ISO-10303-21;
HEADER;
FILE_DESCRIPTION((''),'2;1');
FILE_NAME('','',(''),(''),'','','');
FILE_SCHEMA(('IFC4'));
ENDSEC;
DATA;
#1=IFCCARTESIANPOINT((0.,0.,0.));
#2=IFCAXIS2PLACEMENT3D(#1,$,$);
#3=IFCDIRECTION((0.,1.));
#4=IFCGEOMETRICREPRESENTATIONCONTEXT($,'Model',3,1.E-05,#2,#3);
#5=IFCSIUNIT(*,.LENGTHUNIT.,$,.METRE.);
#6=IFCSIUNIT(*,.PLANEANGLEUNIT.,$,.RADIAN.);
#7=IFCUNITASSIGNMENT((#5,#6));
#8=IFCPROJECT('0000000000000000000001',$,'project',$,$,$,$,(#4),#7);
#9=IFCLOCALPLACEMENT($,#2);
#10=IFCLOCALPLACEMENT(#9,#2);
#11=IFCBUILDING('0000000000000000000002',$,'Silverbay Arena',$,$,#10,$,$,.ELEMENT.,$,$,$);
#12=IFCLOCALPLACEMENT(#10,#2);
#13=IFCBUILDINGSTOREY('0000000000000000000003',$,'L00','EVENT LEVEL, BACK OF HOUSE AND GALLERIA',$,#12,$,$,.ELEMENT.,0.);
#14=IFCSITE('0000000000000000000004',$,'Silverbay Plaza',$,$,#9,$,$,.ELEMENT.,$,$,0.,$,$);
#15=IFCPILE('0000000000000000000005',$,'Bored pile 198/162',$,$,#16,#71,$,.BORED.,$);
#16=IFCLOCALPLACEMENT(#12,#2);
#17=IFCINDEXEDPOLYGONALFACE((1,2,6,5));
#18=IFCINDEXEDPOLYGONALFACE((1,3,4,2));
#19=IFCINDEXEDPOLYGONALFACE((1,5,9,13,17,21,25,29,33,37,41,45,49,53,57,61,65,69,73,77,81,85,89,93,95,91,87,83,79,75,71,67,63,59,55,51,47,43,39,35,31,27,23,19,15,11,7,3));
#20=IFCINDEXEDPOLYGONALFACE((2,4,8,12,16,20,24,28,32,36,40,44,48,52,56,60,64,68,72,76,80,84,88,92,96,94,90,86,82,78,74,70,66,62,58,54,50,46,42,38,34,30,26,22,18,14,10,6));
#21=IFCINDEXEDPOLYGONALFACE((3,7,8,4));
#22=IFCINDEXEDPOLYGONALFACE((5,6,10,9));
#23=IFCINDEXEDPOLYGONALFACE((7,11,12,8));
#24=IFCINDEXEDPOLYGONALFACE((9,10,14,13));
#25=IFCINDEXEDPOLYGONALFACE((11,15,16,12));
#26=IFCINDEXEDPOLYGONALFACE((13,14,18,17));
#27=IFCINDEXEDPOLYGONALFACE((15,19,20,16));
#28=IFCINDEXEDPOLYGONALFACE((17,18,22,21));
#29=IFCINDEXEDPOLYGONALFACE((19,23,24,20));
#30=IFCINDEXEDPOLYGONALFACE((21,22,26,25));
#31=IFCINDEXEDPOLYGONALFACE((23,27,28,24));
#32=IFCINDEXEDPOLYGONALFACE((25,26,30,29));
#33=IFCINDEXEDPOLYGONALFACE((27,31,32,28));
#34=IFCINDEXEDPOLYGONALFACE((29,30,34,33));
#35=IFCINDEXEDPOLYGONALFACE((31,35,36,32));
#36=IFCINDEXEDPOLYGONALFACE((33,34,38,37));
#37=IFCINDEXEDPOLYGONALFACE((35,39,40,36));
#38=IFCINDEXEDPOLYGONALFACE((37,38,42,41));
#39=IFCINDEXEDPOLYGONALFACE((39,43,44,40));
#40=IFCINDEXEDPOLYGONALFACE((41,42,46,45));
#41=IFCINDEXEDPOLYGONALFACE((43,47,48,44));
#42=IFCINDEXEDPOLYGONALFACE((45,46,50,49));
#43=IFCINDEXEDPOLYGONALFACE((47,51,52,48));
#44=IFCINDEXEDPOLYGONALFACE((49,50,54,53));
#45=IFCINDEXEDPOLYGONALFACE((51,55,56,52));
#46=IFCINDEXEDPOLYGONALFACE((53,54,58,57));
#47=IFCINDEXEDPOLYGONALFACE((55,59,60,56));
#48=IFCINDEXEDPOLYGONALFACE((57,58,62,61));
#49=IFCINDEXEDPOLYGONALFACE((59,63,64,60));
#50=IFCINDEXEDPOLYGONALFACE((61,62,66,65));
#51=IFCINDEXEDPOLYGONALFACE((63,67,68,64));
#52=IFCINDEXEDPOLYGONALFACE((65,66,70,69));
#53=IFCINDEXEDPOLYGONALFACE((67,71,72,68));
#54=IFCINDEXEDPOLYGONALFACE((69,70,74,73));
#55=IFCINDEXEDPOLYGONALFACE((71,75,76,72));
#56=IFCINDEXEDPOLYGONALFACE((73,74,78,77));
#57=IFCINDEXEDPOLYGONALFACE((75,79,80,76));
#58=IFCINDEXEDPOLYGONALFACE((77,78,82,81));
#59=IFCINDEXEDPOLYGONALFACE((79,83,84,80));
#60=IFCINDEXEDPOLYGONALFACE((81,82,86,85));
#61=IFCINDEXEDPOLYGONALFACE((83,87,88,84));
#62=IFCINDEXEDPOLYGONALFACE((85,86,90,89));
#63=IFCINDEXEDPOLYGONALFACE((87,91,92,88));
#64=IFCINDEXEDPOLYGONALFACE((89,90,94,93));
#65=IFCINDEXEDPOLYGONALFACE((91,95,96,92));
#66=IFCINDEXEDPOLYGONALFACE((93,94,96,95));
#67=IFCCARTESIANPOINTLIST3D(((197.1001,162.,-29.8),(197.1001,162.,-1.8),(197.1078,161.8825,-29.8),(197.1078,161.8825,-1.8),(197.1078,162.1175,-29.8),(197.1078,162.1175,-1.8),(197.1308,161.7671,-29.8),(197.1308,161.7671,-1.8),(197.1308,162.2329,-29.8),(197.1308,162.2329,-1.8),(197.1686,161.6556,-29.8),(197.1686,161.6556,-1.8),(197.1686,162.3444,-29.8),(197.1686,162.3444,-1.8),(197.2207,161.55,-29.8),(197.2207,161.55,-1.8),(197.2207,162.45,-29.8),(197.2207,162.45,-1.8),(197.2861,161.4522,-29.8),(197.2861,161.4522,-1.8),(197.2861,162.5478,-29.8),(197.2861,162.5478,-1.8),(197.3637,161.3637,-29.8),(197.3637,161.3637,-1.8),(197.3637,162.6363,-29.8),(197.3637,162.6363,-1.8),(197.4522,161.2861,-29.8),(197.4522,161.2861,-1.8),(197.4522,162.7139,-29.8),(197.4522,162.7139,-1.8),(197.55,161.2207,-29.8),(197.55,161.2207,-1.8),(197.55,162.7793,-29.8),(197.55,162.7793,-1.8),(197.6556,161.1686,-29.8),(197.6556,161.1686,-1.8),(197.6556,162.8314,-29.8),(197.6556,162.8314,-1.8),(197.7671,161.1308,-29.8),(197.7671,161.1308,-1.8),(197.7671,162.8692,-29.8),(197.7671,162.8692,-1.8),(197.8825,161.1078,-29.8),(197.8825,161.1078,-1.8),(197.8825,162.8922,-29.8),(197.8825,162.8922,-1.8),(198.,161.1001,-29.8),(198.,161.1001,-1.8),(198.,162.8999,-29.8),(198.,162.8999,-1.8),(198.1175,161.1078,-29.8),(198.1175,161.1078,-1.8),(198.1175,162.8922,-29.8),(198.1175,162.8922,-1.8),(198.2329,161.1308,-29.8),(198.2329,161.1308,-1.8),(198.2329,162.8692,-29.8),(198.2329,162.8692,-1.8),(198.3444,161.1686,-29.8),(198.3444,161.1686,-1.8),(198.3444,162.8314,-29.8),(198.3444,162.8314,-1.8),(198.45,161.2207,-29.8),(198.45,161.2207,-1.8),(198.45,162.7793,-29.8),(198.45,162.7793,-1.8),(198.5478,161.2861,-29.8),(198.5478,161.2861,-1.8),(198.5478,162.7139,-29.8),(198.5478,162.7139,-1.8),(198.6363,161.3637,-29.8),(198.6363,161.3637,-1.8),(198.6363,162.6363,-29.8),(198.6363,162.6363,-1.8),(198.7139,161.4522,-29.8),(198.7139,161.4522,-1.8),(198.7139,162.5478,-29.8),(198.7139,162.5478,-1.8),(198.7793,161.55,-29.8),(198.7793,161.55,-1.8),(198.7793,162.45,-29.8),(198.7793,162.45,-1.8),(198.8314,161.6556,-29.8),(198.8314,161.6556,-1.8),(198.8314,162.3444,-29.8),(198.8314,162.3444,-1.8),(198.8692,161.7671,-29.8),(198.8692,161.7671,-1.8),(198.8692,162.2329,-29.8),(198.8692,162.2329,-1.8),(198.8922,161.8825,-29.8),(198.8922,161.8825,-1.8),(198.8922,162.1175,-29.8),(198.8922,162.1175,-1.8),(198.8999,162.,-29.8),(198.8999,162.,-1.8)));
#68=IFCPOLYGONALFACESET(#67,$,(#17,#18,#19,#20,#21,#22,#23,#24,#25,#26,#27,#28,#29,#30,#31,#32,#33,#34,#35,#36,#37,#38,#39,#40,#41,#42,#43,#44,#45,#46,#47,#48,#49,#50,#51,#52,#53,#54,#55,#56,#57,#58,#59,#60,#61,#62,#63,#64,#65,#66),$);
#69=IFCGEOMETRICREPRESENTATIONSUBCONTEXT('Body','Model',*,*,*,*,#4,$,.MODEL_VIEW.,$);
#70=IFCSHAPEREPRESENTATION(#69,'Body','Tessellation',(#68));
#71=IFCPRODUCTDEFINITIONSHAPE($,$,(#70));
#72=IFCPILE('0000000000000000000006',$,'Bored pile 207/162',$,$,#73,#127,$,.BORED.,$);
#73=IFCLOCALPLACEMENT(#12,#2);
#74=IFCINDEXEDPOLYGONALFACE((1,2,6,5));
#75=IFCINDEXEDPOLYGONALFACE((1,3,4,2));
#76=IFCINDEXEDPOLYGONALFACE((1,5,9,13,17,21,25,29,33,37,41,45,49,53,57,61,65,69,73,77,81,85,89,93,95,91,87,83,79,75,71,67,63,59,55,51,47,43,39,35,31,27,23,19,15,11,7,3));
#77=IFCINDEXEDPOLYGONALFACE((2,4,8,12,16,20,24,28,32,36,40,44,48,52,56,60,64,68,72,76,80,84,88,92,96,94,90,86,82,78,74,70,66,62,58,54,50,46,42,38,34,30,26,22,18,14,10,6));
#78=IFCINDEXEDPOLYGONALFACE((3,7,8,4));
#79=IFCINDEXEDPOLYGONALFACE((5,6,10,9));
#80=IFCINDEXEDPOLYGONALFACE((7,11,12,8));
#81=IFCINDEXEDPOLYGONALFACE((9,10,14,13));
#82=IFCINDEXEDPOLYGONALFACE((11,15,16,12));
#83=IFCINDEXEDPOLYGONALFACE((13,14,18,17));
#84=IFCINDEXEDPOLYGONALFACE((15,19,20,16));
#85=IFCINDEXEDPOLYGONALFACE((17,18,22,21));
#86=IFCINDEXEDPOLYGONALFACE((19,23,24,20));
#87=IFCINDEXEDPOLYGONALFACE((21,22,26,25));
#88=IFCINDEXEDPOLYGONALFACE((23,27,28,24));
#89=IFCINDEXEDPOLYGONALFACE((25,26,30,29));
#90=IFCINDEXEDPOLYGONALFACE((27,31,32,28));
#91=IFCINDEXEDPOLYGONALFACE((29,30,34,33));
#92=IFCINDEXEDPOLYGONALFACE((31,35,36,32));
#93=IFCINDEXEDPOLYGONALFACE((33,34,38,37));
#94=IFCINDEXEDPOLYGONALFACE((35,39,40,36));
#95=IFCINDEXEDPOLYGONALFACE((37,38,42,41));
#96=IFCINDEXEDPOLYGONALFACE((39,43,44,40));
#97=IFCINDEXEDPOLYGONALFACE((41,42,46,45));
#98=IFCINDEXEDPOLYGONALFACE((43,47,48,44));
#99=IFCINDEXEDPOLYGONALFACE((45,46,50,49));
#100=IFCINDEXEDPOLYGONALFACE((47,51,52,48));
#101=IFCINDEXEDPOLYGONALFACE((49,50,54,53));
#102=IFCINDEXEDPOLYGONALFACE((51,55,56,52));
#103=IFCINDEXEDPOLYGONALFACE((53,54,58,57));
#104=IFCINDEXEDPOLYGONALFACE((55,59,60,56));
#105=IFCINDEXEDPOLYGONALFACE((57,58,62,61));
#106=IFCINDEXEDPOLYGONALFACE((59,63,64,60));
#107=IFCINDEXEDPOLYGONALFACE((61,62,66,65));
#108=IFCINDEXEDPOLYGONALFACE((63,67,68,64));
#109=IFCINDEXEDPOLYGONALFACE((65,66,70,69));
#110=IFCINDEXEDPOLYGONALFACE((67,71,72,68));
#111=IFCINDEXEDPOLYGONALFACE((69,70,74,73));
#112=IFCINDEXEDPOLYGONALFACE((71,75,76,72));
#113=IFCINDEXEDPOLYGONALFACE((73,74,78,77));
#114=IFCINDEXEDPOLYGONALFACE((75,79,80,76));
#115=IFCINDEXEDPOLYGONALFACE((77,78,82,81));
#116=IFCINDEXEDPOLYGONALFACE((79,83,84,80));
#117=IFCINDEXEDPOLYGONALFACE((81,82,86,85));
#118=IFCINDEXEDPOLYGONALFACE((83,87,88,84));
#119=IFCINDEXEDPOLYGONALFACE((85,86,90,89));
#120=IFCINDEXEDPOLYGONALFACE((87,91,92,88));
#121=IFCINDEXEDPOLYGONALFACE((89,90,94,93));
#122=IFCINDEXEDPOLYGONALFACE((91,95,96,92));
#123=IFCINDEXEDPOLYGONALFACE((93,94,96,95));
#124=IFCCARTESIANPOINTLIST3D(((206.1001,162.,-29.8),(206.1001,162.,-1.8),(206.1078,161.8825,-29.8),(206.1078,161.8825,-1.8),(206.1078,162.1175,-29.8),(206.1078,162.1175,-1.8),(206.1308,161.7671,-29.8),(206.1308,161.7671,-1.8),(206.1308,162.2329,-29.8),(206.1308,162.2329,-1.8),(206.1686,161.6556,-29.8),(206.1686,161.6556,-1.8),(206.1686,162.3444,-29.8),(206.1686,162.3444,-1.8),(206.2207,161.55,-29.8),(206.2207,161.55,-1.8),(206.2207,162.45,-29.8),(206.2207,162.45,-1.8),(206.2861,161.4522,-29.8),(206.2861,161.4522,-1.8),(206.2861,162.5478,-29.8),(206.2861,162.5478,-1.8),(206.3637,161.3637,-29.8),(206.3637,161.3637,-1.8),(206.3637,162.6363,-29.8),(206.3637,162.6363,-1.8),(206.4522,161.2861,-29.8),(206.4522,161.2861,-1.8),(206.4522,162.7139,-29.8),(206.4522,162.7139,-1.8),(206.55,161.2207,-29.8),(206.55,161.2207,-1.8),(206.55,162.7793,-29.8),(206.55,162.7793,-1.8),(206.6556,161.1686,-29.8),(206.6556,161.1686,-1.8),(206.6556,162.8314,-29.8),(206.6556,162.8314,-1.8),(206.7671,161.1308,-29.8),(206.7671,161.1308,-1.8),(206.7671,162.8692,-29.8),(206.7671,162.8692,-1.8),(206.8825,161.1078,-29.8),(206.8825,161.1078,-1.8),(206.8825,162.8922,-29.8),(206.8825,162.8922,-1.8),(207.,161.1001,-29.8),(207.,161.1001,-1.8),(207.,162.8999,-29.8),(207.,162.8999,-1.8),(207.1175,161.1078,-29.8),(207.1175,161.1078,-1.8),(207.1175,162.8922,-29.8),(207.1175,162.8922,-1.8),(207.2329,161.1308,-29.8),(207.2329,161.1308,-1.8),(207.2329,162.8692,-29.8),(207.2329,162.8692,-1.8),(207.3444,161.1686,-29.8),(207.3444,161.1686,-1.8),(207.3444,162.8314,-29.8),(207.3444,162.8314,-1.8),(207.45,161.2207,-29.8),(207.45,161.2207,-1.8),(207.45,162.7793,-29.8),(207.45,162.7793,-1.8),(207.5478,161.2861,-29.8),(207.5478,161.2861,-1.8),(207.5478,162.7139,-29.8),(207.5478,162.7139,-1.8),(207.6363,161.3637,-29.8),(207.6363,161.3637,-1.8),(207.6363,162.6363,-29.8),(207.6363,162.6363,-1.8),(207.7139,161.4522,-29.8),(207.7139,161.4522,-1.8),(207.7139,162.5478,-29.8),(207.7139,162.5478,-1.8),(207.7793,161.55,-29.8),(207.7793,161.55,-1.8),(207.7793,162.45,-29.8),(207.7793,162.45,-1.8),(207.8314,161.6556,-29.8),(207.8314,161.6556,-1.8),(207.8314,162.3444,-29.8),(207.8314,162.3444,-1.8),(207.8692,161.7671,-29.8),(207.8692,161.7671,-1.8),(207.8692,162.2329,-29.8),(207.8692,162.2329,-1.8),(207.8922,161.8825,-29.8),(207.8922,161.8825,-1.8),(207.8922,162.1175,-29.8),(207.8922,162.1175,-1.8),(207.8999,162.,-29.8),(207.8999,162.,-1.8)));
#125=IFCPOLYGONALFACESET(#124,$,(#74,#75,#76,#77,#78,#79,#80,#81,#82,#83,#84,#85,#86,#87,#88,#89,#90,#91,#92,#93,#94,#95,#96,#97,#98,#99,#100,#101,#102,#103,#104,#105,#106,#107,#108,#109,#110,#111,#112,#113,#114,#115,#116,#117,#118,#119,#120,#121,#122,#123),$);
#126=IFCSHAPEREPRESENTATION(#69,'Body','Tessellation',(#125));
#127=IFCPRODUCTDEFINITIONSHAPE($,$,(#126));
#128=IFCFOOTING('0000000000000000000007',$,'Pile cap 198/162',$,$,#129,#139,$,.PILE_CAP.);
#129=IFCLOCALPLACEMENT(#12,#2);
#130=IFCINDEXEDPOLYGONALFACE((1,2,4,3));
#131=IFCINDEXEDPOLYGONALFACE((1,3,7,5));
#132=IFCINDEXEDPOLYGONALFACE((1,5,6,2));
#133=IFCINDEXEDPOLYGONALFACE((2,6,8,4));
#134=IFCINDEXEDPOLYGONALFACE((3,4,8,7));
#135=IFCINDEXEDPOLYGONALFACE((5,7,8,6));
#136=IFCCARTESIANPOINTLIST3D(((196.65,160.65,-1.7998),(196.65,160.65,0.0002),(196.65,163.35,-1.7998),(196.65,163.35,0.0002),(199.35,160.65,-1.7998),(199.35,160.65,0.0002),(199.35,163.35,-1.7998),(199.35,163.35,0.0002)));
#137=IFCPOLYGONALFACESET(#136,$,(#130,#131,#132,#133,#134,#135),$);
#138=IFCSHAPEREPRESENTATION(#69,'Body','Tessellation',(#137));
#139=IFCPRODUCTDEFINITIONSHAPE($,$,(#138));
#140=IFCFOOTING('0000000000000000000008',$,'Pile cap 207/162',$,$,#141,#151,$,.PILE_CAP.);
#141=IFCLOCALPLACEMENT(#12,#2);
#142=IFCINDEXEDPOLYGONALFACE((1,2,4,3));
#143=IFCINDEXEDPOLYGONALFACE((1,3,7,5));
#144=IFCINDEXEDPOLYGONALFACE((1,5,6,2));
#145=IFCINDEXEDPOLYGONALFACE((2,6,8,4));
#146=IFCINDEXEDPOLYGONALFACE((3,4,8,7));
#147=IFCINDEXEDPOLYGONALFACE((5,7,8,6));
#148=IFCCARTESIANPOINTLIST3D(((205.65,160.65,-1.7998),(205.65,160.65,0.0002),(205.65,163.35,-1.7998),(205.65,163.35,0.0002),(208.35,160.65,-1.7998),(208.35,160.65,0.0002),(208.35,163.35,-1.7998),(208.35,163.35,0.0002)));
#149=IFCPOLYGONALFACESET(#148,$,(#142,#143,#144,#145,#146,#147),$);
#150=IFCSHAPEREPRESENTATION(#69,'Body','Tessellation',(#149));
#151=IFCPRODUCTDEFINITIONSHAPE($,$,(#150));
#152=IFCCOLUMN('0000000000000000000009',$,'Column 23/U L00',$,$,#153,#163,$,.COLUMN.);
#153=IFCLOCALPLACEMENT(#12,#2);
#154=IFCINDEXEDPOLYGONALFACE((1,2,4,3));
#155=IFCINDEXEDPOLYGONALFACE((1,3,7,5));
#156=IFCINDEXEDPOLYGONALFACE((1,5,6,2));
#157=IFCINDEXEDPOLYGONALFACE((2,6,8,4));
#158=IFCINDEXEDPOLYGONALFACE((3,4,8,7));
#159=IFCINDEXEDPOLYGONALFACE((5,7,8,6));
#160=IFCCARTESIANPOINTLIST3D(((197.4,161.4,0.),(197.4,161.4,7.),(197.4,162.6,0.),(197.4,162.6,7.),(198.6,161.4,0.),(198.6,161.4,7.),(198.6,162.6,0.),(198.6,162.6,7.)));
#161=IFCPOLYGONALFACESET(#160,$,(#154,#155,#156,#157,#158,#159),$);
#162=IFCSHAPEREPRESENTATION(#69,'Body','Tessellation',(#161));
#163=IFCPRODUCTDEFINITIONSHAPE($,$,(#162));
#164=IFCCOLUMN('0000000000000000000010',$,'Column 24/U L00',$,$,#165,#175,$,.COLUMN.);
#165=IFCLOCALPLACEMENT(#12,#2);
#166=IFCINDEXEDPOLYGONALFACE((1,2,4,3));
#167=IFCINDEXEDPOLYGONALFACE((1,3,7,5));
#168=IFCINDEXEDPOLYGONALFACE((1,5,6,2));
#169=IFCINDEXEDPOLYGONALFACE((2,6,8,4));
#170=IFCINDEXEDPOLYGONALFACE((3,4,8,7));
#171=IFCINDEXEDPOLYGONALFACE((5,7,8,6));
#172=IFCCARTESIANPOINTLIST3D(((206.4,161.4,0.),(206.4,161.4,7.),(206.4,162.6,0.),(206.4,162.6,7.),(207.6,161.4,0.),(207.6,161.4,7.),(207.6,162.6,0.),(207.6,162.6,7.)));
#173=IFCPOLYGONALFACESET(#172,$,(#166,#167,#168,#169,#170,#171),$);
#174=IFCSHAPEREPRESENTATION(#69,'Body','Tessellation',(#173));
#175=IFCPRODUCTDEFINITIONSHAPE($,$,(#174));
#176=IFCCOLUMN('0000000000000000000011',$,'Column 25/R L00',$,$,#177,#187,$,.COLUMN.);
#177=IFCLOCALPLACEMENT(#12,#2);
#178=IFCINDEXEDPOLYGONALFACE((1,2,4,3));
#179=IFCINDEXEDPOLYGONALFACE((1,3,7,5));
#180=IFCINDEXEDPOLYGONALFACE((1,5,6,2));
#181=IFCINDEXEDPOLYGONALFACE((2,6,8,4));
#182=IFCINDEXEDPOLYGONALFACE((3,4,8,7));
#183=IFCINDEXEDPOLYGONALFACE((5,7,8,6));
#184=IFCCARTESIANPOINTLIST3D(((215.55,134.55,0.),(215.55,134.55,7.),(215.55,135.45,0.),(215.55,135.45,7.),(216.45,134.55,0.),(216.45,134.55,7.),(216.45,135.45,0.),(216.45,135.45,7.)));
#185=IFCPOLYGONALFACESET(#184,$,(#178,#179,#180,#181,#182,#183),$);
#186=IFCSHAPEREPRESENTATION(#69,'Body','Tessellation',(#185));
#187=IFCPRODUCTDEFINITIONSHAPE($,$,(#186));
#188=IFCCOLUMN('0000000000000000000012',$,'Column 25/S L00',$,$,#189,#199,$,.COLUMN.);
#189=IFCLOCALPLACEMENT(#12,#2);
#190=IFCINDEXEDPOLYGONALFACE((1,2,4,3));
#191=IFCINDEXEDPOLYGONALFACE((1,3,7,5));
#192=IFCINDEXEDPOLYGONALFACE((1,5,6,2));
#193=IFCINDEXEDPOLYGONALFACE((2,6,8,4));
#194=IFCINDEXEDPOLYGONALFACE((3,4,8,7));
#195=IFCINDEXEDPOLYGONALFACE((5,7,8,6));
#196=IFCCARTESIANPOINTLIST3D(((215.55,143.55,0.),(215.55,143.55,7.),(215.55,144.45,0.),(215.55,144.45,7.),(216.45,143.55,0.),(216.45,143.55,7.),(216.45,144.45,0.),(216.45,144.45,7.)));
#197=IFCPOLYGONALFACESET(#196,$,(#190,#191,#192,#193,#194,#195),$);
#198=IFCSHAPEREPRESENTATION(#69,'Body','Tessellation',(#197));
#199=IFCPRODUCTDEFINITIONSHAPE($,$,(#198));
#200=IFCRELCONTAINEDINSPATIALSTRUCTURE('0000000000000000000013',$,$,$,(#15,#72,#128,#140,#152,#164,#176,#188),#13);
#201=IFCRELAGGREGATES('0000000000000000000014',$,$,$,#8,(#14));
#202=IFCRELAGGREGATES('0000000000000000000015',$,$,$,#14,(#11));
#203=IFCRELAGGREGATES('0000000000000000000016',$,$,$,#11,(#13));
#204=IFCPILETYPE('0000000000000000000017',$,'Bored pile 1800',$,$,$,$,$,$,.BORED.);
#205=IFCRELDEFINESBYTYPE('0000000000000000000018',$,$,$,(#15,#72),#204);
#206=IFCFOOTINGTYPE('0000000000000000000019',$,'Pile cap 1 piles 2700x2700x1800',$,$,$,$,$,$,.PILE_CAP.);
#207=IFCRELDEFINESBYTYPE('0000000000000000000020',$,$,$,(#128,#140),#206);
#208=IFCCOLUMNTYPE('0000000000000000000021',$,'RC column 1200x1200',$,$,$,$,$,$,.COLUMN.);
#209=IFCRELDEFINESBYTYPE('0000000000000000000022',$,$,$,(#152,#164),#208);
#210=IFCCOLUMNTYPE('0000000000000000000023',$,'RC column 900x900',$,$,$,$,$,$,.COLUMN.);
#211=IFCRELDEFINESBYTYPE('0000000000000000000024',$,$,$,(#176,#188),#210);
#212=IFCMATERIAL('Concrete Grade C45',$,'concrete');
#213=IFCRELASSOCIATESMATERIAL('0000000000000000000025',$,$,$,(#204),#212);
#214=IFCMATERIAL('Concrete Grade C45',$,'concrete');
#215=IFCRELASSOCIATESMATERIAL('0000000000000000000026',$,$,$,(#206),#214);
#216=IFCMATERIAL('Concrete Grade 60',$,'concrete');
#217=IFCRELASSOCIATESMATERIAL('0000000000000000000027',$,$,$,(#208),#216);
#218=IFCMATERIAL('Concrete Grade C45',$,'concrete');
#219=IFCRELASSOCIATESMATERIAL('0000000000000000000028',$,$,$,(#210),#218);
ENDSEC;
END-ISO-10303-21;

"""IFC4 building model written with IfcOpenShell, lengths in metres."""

from ifc_helpers import new_model, si_unit, direction, frame, origin, origin_2d, place, context, subcontext, project, spatial, rectangle, circle, extrude, material, material_profile, profile_set, type_object, element, save


model = new_model("IFC4")

# Units and contexts
model_context = context("Model", 3, precision=1e-05, world=origin(), true_north=direction((0.0, 1.0)))
body_context = subcontext(model_context, "Body", "Model", "MODEL_VIEW")
ifc_project = project(units=[si_unit("LENGTHUNIT", "METRE"), si_unit("PLANEANGLEUNIT", "RADIAN")], contexts=[model_context])

# Site, building, storey
site_placement = place(None, origin())
site = spatial("IfcSite", under=ifc_project, at=site_placement, Name="Silverbay Plaza", CompositionType="ELEMENT", RefElevation=0.0)
building_placement = place(site_placement, origin())
building = spatial("IfcBuilding", under=site, at=building_placement, Name="Silverbay Arena", CompositionType="ELEMENT")
storey_placement = place(building_placement, origin())
storey = spatial("IfcBuildingStorey", under=building, at=storey_placement, Name="L00", Description="EVENT LEVEL, BACK OF HOUSE AND GALLERIA", CompositionType="ELEMENT", Elevation=0.0)

# Piles
ifc_material_1 = material(Name="Concrete Grade C45", Category="concrete")
ifc_material_profile_1 = material_profile(ifc_material_1, circle(Radius=0.8999, at=origin_2d()), Name="Bored pile 1800")
ifc_profile_set_1 = profile_set([ifc_material_profile_1], Name="Concrete Grade C45")
pile_type = type_object("IfcPileType", Name="Bored pile 1800", PredefinedType="BORED", material=ifc_profile_set_1)
for number, where, z_axis, x_axis, name in (
    (1, (198.0, 162.0, -1.8), (0.0, 0.0, -1.0), (1.0, 0.0, 0.0), "Bored pile 198/162"),
    (2, (207.0, 162.0, -1.8), (0.0, 0.0, -1.0), (1.0, 0.0, 0.0), "Bored pile 207/162"),
):
    element("IfcPile", number, at=place(storey_placement, frame(where, z_axis=z_axis, x_axis=x_axis)), inside=storey, type_object=pile_type, Name=name, PredefinedType="BORED", context=body_context, shape_type="SweptSolid", body=[
        extrude(circle(Radius=0.8999, at=origin_2d()), origin(), (0.0, 0.0, 1.0), 28.0),
    ])

# Footings
ifc_material_2 = material(Name="Concrete Grade C45", Category="concrete")
footing_type = type_object("IfcFootingType", Name="Pile cap 1 piles 2700x2700x1800", PredefinedType="PILE_CAP", material=ifc_material_2)
for number, where, z_axis, x_axis, name in (
    (3, (198.0, 162.0, -1.7998), (0.0, 0.0, 1.0), (1.0, 0.0, 0.0), "Pile cap 198/162"),
    (4, (207.0, 162.0, -1.7998), (0.0, 0.0, 1.0), (1.0, 0.0, 0.0), "Pile cap 207/162"),
):
    element("IfcFooting", number, at=place(storey_placement, frame(where, z_axis=z_axis, x_axis=x_axis)), inside=storey, type_object=footing_type, Name=name, PredefinedType="PILE_CAP", context=body_context, shape_type="SweptSolid", body=[
        extrude(rectangle(XDim=2.7, YDim=2.7, at=origin_2d()), origin(), (0.0, 0.0, 1.0), 1.8),
    ])

# Columns
ifc_material_3 = material(Name="Concrete Grade 60", Category="concrete")
ifc_material_profile_2 = material_profile(ifc_material_3, rectangle(XDim=1.2, YDim=1.2, at=origin_2d()), Name="RC 1200x1200")
ifc_profile_set_2 = profile_set([ifc_material_profile_2], Name="Concrete Grade 60")
column_type_1 = type_object("IfcColumnType", Name="RC column 1200x1200", PredefinedType="COLUMN", material=ifc_profile_set_2)
for number, where, z_axis, x_axis, name in (
    (5, (198.0, 162.0, 0.0), (0.0, 0.0, 1.0), (1.0, 0.0, 0.0), "Column 23/U L00"),
    (6, (207.0, 162.0, 0.0), (0.0, 0.0, 1.0), (1.0, 0.0, 0.0), "Column 24/U L00"),
):
    element("IfcColumn", number, at=place(storey_placement, frame(where, z_axis=z_axis, x_axis=x_axis)), inside=storey, type_object=column_type_1, Name=name, PredefinedType="COLUMN", context=body_context, shape_type="SweptSolid", body=[
        extrude(rectangle(XDim=1.2, YDim=1.2, at=origin_2d()), origin(), (0.0, 0.0, 1.0), 7.0),
    ])
ifc_material_4 = material(Name="Concrete Grade C45", Category="concrete")
ifc_material_profile_3 = material_profile(ifc_material_4, rectangle(XDim=0.8999, YDim=0.8999, at=origin_2d()), Name="RC 900x900")
ifc_profile_set_3 = profile_set([ifc_material_profile_3], Name="Concrete Grade C45")
column_type_2 = type_object("IfcColumnType", Name="RC column 900x900", PredefinedType="COLUMN", material=ifc_profile_set_3)
for number, where, z_axis, x_axis, name in (
    (7, (216.0, 135.0, 0.0), (0.0, 0.0, 1.0), (1.0, 0.0, 0.0), "Column 25/R L00"),
    (8, (216.0, 144.0, 0.0), (0.0, 0.0, 1.0), (1.0, 0.0, 0.0), "Column 25/S L00"),
):
    element("IfcColumn", number, at=place(storey_placement, frame(where, z_axis=z_axis, x_axis=x_axis)), inside=storey, type_object=column_type_2, Name=name, PredefinedType="COLUMN", context=body_context, shape_type="SweptSolid", body=[
        extrude(rectangle(XDim=0.8999, YDim=0.8999, at=origin_2d()), origin(), (0.0, 0.0, 1.0), 7.0),
    ])

save(model, "model.ifc")
